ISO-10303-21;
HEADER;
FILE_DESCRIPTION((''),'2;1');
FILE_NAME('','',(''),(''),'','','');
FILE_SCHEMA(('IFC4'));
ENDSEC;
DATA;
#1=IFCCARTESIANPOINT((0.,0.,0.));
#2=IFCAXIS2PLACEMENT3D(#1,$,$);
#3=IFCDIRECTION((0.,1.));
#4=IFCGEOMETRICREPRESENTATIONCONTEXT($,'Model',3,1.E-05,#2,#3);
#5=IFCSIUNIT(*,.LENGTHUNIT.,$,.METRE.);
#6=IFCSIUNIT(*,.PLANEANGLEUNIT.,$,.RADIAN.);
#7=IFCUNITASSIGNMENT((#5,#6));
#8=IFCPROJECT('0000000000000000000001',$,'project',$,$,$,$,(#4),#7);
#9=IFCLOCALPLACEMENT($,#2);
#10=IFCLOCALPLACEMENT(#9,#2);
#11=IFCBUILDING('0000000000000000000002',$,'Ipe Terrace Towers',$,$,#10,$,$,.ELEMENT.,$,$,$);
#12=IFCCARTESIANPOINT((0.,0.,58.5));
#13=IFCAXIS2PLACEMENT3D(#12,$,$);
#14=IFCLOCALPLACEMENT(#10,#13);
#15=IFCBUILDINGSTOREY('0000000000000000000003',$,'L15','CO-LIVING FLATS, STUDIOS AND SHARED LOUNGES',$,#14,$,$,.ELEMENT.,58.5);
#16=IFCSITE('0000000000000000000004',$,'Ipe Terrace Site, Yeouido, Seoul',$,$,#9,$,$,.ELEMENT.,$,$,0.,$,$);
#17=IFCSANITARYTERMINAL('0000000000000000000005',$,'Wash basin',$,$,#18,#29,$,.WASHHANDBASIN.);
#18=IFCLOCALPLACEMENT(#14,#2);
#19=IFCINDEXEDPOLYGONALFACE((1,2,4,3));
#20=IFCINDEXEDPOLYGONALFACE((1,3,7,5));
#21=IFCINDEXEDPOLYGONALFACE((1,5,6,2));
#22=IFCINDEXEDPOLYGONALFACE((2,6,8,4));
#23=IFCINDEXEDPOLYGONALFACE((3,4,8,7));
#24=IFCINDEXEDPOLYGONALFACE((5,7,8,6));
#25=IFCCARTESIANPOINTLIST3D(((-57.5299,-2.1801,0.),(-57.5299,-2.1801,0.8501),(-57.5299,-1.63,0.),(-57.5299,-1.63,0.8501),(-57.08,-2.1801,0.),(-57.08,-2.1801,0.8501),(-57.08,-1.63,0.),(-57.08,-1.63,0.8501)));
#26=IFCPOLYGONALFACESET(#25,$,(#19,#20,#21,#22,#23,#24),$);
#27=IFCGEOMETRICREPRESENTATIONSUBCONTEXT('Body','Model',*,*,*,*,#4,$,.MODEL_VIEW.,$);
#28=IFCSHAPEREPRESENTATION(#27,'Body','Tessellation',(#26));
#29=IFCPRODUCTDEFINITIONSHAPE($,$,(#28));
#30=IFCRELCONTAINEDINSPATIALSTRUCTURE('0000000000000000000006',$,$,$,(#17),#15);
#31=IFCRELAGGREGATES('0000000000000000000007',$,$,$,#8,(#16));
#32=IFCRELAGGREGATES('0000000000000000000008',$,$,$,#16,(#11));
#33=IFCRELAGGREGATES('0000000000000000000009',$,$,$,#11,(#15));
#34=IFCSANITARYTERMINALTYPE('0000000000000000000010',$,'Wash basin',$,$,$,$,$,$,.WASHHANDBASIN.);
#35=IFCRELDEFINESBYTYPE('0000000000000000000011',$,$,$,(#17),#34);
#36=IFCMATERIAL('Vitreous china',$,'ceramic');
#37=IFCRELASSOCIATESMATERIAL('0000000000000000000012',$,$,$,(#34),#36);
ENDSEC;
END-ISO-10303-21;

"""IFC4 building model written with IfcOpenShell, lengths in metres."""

from ifc_helpers import new_model, si_unit, direction, frame, origin, origin_2d, place, context, subcontext, project, spatial, rectangle, extrude, material, type_object, element, save


model = new_model("IFC4")

# Units and contexts
model_context = context("Model", 3, precision=1e-05, world=origin(), true_north=direction((0.0, 1.0)))
body_context = subcontext(model_context, "Body", "Model", "MODEL_VIEW")
ifc_project = project(units=[si_unit("LENGTHUNIT", "METRE"), si_unit("PLANEANGLEUNIT", "RADIAN")], contexts=[model_context])

# Site, building, storey
site_placement = place(None, origin())
site = spatial("IfcSite", under=ifc_project, at=site_placement, Name="Ipe Terrace Site, Yeouido, Seoul", CompositionType="ELEMENT", RefElevation=0.0)
building_placement = place(site_placement, origin())
building = spatial("IfcBuilding", under=site, at=building_placement, Name="Ipe Terrace Towers", CompositionType="ELEMENT")
storey_placement = place(building_placement, frame((0.0, 0.0, 58.5)))
storey = spatial("IfcBuildingStorey", under=building, at=storey_placement, Name="L15", Description="CO-LIVING FLATS, STUDIOS AND SHARED LOUNGES", CompositionType="ELEMENT", Elevation=58.5)

# Sanitary terminal
ifc_material_1 = material(Name="Vitreous china", Category="ceramic")
sanitary_terminal_type_1 = type_object("IfcSanitaryTerminalType", Name="Wash basin", PredefinedType="WASHHANDBASIN", material=ifc_material_1)
sanitary_terminal_1_placement = place(storey_placement, frame((-57.3049, -1.905, 0.0), z_axis=(0.0, 0.0, 1.0), x_axis=(0.0, 1.0, 0.0)))
element("IfcSanitaryTerminal", 1, at=sanitary_terminal_1_placement, inside=storey, type_object=sanitary_terminal_type_1, Name="Wash basin", PredefinedType="WASHHANDBASIN", context=body_context, shape_type="SweptSolid", body=[
    extrude(rectangle(XDim=0.55, YDim=0.45, at=origin_2d()), origin(), (0.0, 0.0, 1.0), 0.8501),
])

save(model, "model.ifc")
